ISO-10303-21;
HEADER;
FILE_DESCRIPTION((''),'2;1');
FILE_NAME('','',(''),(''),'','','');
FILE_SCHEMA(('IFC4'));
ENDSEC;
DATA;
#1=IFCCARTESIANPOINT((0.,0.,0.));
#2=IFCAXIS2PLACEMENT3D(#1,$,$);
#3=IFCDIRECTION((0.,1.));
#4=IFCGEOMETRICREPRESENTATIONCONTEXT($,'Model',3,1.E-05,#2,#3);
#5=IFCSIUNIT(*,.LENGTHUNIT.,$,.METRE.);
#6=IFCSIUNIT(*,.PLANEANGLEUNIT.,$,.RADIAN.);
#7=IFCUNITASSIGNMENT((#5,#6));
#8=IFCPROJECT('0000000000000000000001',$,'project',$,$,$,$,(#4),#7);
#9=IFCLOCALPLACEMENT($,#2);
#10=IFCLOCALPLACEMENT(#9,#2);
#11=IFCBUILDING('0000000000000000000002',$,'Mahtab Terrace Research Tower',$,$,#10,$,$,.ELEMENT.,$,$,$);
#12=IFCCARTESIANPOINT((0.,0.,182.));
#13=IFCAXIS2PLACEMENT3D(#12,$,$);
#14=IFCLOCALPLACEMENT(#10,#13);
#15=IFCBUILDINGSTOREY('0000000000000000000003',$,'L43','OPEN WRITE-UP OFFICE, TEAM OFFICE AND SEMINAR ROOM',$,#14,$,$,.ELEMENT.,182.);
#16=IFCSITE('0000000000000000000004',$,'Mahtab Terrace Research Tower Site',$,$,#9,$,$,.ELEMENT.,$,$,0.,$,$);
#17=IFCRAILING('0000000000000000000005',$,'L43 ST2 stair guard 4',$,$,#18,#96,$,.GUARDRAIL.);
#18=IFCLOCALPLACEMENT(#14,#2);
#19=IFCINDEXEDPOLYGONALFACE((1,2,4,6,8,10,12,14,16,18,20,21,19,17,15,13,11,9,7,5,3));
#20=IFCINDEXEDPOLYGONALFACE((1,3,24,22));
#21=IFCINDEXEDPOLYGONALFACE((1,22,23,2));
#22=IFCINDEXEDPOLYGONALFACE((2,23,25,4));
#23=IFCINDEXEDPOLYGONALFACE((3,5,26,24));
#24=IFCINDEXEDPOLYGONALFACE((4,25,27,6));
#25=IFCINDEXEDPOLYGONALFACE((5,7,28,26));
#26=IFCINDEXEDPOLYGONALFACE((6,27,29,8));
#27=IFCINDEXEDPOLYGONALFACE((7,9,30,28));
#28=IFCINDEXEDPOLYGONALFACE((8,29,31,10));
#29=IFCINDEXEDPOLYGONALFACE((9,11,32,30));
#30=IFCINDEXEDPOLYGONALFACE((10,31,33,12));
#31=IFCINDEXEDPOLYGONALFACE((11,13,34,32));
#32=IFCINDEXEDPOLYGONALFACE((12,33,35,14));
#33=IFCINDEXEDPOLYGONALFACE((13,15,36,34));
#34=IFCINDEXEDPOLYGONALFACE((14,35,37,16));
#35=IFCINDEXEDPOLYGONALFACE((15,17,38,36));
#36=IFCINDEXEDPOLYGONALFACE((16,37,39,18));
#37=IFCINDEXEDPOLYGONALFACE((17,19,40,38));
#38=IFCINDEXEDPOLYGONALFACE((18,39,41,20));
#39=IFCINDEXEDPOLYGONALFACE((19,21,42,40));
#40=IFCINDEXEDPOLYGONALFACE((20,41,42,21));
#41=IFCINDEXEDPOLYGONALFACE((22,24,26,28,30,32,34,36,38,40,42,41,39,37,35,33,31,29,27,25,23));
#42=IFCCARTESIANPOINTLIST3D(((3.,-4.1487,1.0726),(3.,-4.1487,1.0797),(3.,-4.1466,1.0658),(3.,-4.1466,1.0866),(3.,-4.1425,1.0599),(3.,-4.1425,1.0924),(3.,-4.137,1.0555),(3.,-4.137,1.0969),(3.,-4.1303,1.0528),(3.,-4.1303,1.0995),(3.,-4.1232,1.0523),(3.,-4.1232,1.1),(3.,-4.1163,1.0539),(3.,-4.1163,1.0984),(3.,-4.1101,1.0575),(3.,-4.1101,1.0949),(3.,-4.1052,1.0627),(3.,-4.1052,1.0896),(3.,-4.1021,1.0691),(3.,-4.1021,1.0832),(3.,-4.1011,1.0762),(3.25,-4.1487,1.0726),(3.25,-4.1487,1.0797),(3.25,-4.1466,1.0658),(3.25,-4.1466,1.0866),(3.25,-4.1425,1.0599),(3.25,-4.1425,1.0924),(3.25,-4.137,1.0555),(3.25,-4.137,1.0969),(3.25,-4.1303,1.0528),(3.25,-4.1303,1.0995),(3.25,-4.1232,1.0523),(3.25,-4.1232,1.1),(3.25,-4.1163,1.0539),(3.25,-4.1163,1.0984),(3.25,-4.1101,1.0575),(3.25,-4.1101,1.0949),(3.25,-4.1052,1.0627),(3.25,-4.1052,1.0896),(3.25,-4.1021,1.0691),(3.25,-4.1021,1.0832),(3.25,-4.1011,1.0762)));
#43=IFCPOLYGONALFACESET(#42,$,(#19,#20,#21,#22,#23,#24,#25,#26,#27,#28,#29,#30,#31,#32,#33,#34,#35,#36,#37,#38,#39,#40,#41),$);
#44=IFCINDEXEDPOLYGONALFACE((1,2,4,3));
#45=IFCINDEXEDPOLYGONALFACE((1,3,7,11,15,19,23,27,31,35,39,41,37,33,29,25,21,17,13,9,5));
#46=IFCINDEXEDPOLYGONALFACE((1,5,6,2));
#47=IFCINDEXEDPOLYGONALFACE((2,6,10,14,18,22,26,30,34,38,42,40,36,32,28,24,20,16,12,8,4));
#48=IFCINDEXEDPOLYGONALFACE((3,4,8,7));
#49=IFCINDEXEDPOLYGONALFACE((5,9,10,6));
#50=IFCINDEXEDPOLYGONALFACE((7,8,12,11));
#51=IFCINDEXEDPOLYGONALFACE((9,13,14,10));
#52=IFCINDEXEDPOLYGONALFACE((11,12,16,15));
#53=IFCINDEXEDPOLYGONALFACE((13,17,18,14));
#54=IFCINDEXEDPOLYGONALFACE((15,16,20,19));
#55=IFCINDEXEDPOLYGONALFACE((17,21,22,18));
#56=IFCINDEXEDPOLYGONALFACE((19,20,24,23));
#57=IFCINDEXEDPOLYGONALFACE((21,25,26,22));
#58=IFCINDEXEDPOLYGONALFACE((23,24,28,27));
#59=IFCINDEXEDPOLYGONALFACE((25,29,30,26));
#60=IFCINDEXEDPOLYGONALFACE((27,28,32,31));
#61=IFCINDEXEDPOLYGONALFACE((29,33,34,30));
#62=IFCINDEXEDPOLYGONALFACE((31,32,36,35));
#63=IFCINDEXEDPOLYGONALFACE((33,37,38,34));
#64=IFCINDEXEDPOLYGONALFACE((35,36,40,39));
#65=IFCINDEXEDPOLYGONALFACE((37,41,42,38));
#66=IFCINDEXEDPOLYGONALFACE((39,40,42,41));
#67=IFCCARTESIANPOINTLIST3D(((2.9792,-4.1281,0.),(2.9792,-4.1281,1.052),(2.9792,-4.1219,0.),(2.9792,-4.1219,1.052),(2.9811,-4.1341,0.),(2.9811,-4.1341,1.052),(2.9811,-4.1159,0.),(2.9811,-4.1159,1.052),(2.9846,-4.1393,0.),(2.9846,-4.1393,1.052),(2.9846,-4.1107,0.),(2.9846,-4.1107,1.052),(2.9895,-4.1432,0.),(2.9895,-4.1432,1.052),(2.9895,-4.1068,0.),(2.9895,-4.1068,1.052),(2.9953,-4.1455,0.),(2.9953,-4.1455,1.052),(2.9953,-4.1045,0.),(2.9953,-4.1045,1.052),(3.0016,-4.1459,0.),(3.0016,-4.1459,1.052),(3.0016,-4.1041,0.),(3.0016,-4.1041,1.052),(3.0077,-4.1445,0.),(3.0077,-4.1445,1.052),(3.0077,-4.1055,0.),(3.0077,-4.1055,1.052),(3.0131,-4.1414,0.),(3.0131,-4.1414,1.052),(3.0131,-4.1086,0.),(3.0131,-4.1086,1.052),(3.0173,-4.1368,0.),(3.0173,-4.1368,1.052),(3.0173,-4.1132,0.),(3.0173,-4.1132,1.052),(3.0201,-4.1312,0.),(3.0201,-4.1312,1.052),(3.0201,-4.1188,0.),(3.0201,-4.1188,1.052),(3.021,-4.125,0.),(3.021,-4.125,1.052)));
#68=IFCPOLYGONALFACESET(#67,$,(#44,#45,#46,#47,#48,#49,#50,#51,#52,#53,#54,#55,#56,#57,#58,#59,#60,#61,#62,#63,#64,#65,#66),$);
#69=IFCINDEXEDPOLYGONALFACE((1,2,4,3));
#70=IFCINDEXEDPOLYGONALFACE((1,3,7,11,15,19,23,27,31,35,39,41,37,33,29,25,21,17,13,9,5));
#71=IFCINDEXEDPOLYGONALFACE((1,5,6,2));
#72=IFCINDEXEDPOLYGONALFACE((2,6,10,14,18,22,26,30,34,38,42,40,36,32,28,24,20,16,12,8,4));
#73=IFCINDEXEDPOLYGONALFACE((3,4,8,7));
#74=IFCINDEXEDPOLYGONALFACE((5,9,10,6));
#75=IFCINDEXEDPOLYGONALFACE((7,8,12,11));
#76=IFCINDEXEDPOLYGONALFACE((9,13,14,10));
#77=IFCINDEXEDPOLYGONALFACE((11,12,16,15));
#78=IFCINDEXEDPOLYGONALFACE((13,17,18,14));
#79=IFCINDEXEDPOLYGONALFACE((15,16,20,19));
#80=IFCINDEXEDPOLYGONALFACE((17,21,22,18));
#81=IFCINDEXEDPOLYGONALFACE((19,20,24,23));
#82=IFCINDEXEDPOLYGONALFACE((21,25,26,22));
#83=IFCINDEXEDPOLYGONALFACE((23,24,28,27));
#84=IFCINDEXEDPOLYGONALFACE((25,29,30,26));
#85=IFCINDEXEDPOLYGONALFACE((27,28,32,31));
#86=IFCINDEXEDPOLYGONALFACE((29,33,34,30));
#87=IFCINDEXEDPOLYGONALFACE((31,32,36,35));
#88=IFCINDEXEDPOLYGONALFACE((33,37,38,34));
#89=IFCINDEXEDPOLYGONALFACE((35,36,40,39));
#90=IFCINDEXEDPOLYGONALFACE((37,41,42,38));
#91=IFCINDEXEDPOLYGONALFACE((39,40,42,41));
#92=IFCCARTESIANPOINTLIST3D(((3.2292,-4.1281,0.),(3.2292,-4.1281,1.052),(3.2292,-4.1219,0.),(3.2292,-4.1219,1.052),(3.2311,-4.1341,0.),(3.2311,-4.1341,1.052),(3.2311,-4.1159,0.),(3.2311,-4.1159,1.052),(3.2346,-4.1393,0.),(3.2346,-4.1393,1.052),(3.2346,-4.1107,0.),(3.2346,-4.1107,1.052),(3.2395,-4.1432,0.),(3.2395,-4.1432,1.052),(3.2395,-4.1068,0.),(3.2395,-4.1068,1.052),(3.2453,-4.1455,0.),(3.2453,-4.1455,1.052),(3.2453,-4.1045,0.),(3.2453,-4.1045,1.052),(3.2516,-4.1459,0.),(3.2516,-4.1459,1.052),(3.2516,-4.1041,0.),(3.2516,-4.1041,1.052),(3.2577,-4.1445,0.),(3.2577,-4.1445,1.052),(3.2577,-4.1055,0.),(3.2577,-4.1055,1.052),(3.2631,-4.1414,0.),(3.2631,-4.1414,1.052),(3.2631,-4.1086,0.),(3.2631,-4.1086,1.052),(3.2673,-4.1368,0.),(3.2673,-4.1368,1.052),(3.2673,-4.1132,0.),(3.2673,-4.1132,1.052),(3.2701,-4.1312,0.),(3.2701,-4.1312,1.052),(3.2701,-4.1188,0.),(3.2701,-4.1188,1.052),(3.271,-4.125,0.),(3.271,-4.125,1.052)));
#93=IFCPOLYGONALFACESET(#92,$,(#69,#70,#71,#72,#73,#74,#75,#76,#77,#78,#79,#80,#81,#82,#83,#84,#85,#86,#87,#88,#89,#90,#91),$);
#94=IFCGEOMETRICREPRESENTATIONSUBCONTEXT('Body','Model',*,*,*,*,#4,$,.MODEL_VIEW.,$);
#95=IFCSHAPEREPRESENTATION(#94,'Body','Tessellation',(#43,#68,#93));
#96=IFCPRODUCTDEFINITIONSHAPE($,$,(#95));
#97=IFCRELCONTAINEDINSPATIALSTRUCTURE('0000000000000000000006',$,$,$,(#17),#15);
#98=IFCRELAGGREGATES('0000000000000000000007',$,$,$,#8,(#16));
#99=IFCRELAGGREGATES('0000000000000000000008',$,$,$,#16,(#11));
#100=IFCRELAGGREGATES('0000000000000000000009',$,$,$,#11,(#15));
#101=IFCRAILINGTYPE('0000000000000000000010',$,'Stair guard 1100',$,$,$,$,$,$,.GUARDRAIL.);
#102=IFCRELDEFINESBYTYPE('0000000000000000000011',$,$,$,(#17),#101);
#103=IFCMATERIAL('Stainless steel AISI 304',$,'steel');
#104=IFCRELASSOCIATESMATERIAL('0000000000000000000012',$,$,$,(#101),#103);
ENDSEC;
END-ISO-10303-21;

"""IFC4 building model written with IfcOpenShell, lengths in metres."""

from ifc_helpers import new_model, si_unit, direction, frame, origin, origin_2d, place, context, subcontext, project, spatial, circle, extrude, material, type_object, element, save


model = new_model("IFC4")

# Units and contexts
model_context = context("Model", 3, precision=1e-05, world=origin(), true_north=direction((0.0, 1.0)))
body_context = subcontext(model_context, "Body", "Model", "MODEL_VIEW")
ifc_project = project(units=[si_unit("LENGTHUNIT", "METRE"), si_unit("PLANEANGLEUNIT", "RADIAN")], contexts=[model_context])

# Site, building, storey
site_placement = place(None, origin())
site = spatial("IfcSite", under=ifc_project, at=site_placement, Name="Mahtab Terrace Research Tower Site", CompositionType="ELEMENT", RefElevation=0.0)
building_placement = place(site_placement, origin())
building = spatial("IfcBuilding", under=site, at=building_placement, Name="Mahtab Terrace Research Tower", CompositionType="ELEMENT")
storey_placement = place(building_placement, frame((0.0, 0.0, 182.0)))
storey = spatial("IfcBuildingStorey", under=building, at=storey_placement, Name="L43", Description="OPEN WRITE-UP OFFICE, TEAM OFFICE AND SEMINAR ROOM", CompositionType="ELEMENT", Elevation=182.0)

# Railing
ifc_material_1 = material(Name="Stainless steel AISI 304", Category="steel")
railing_type_1 = type_object("IfcRailingType", Name="Stair guard 1100", PredefinedType="GUARDRAIL", material=ifc_material_1)
railing_1_placement = place(storey_placement, frame((3.0, -4.125, 0.0)))
element("IfcRailing", 1, at=railing_1_placement, inside=storey, type_object=railing_type_1, Name="L43 ST2 stair guard 4", PredefinedType="GUARDRAIL", context=body_context, shape_type="SweptSolid", body=[
    extrude(circle(Radius=0.0239, at=origin_2d()), frame((0.0, 0.0, 1.0762), z_axis=(1.0, 0.0, 0.0), x_axis=(0.0, 1.0, 0.0)), (0.0, 0.0, 1.0), 0.25),
    extrude(circle(Radius=0.021, at=origin_2d()), origin(), (0.0, 0.0, 1.0), 1.052),
    extrude(circle(Radius=0.021, at=origin_2d()), frame((0.25, 0.0, 0.0)), (0.0, 0.0, 1.0), 1.052),
])

save(model, "model.ifc")
